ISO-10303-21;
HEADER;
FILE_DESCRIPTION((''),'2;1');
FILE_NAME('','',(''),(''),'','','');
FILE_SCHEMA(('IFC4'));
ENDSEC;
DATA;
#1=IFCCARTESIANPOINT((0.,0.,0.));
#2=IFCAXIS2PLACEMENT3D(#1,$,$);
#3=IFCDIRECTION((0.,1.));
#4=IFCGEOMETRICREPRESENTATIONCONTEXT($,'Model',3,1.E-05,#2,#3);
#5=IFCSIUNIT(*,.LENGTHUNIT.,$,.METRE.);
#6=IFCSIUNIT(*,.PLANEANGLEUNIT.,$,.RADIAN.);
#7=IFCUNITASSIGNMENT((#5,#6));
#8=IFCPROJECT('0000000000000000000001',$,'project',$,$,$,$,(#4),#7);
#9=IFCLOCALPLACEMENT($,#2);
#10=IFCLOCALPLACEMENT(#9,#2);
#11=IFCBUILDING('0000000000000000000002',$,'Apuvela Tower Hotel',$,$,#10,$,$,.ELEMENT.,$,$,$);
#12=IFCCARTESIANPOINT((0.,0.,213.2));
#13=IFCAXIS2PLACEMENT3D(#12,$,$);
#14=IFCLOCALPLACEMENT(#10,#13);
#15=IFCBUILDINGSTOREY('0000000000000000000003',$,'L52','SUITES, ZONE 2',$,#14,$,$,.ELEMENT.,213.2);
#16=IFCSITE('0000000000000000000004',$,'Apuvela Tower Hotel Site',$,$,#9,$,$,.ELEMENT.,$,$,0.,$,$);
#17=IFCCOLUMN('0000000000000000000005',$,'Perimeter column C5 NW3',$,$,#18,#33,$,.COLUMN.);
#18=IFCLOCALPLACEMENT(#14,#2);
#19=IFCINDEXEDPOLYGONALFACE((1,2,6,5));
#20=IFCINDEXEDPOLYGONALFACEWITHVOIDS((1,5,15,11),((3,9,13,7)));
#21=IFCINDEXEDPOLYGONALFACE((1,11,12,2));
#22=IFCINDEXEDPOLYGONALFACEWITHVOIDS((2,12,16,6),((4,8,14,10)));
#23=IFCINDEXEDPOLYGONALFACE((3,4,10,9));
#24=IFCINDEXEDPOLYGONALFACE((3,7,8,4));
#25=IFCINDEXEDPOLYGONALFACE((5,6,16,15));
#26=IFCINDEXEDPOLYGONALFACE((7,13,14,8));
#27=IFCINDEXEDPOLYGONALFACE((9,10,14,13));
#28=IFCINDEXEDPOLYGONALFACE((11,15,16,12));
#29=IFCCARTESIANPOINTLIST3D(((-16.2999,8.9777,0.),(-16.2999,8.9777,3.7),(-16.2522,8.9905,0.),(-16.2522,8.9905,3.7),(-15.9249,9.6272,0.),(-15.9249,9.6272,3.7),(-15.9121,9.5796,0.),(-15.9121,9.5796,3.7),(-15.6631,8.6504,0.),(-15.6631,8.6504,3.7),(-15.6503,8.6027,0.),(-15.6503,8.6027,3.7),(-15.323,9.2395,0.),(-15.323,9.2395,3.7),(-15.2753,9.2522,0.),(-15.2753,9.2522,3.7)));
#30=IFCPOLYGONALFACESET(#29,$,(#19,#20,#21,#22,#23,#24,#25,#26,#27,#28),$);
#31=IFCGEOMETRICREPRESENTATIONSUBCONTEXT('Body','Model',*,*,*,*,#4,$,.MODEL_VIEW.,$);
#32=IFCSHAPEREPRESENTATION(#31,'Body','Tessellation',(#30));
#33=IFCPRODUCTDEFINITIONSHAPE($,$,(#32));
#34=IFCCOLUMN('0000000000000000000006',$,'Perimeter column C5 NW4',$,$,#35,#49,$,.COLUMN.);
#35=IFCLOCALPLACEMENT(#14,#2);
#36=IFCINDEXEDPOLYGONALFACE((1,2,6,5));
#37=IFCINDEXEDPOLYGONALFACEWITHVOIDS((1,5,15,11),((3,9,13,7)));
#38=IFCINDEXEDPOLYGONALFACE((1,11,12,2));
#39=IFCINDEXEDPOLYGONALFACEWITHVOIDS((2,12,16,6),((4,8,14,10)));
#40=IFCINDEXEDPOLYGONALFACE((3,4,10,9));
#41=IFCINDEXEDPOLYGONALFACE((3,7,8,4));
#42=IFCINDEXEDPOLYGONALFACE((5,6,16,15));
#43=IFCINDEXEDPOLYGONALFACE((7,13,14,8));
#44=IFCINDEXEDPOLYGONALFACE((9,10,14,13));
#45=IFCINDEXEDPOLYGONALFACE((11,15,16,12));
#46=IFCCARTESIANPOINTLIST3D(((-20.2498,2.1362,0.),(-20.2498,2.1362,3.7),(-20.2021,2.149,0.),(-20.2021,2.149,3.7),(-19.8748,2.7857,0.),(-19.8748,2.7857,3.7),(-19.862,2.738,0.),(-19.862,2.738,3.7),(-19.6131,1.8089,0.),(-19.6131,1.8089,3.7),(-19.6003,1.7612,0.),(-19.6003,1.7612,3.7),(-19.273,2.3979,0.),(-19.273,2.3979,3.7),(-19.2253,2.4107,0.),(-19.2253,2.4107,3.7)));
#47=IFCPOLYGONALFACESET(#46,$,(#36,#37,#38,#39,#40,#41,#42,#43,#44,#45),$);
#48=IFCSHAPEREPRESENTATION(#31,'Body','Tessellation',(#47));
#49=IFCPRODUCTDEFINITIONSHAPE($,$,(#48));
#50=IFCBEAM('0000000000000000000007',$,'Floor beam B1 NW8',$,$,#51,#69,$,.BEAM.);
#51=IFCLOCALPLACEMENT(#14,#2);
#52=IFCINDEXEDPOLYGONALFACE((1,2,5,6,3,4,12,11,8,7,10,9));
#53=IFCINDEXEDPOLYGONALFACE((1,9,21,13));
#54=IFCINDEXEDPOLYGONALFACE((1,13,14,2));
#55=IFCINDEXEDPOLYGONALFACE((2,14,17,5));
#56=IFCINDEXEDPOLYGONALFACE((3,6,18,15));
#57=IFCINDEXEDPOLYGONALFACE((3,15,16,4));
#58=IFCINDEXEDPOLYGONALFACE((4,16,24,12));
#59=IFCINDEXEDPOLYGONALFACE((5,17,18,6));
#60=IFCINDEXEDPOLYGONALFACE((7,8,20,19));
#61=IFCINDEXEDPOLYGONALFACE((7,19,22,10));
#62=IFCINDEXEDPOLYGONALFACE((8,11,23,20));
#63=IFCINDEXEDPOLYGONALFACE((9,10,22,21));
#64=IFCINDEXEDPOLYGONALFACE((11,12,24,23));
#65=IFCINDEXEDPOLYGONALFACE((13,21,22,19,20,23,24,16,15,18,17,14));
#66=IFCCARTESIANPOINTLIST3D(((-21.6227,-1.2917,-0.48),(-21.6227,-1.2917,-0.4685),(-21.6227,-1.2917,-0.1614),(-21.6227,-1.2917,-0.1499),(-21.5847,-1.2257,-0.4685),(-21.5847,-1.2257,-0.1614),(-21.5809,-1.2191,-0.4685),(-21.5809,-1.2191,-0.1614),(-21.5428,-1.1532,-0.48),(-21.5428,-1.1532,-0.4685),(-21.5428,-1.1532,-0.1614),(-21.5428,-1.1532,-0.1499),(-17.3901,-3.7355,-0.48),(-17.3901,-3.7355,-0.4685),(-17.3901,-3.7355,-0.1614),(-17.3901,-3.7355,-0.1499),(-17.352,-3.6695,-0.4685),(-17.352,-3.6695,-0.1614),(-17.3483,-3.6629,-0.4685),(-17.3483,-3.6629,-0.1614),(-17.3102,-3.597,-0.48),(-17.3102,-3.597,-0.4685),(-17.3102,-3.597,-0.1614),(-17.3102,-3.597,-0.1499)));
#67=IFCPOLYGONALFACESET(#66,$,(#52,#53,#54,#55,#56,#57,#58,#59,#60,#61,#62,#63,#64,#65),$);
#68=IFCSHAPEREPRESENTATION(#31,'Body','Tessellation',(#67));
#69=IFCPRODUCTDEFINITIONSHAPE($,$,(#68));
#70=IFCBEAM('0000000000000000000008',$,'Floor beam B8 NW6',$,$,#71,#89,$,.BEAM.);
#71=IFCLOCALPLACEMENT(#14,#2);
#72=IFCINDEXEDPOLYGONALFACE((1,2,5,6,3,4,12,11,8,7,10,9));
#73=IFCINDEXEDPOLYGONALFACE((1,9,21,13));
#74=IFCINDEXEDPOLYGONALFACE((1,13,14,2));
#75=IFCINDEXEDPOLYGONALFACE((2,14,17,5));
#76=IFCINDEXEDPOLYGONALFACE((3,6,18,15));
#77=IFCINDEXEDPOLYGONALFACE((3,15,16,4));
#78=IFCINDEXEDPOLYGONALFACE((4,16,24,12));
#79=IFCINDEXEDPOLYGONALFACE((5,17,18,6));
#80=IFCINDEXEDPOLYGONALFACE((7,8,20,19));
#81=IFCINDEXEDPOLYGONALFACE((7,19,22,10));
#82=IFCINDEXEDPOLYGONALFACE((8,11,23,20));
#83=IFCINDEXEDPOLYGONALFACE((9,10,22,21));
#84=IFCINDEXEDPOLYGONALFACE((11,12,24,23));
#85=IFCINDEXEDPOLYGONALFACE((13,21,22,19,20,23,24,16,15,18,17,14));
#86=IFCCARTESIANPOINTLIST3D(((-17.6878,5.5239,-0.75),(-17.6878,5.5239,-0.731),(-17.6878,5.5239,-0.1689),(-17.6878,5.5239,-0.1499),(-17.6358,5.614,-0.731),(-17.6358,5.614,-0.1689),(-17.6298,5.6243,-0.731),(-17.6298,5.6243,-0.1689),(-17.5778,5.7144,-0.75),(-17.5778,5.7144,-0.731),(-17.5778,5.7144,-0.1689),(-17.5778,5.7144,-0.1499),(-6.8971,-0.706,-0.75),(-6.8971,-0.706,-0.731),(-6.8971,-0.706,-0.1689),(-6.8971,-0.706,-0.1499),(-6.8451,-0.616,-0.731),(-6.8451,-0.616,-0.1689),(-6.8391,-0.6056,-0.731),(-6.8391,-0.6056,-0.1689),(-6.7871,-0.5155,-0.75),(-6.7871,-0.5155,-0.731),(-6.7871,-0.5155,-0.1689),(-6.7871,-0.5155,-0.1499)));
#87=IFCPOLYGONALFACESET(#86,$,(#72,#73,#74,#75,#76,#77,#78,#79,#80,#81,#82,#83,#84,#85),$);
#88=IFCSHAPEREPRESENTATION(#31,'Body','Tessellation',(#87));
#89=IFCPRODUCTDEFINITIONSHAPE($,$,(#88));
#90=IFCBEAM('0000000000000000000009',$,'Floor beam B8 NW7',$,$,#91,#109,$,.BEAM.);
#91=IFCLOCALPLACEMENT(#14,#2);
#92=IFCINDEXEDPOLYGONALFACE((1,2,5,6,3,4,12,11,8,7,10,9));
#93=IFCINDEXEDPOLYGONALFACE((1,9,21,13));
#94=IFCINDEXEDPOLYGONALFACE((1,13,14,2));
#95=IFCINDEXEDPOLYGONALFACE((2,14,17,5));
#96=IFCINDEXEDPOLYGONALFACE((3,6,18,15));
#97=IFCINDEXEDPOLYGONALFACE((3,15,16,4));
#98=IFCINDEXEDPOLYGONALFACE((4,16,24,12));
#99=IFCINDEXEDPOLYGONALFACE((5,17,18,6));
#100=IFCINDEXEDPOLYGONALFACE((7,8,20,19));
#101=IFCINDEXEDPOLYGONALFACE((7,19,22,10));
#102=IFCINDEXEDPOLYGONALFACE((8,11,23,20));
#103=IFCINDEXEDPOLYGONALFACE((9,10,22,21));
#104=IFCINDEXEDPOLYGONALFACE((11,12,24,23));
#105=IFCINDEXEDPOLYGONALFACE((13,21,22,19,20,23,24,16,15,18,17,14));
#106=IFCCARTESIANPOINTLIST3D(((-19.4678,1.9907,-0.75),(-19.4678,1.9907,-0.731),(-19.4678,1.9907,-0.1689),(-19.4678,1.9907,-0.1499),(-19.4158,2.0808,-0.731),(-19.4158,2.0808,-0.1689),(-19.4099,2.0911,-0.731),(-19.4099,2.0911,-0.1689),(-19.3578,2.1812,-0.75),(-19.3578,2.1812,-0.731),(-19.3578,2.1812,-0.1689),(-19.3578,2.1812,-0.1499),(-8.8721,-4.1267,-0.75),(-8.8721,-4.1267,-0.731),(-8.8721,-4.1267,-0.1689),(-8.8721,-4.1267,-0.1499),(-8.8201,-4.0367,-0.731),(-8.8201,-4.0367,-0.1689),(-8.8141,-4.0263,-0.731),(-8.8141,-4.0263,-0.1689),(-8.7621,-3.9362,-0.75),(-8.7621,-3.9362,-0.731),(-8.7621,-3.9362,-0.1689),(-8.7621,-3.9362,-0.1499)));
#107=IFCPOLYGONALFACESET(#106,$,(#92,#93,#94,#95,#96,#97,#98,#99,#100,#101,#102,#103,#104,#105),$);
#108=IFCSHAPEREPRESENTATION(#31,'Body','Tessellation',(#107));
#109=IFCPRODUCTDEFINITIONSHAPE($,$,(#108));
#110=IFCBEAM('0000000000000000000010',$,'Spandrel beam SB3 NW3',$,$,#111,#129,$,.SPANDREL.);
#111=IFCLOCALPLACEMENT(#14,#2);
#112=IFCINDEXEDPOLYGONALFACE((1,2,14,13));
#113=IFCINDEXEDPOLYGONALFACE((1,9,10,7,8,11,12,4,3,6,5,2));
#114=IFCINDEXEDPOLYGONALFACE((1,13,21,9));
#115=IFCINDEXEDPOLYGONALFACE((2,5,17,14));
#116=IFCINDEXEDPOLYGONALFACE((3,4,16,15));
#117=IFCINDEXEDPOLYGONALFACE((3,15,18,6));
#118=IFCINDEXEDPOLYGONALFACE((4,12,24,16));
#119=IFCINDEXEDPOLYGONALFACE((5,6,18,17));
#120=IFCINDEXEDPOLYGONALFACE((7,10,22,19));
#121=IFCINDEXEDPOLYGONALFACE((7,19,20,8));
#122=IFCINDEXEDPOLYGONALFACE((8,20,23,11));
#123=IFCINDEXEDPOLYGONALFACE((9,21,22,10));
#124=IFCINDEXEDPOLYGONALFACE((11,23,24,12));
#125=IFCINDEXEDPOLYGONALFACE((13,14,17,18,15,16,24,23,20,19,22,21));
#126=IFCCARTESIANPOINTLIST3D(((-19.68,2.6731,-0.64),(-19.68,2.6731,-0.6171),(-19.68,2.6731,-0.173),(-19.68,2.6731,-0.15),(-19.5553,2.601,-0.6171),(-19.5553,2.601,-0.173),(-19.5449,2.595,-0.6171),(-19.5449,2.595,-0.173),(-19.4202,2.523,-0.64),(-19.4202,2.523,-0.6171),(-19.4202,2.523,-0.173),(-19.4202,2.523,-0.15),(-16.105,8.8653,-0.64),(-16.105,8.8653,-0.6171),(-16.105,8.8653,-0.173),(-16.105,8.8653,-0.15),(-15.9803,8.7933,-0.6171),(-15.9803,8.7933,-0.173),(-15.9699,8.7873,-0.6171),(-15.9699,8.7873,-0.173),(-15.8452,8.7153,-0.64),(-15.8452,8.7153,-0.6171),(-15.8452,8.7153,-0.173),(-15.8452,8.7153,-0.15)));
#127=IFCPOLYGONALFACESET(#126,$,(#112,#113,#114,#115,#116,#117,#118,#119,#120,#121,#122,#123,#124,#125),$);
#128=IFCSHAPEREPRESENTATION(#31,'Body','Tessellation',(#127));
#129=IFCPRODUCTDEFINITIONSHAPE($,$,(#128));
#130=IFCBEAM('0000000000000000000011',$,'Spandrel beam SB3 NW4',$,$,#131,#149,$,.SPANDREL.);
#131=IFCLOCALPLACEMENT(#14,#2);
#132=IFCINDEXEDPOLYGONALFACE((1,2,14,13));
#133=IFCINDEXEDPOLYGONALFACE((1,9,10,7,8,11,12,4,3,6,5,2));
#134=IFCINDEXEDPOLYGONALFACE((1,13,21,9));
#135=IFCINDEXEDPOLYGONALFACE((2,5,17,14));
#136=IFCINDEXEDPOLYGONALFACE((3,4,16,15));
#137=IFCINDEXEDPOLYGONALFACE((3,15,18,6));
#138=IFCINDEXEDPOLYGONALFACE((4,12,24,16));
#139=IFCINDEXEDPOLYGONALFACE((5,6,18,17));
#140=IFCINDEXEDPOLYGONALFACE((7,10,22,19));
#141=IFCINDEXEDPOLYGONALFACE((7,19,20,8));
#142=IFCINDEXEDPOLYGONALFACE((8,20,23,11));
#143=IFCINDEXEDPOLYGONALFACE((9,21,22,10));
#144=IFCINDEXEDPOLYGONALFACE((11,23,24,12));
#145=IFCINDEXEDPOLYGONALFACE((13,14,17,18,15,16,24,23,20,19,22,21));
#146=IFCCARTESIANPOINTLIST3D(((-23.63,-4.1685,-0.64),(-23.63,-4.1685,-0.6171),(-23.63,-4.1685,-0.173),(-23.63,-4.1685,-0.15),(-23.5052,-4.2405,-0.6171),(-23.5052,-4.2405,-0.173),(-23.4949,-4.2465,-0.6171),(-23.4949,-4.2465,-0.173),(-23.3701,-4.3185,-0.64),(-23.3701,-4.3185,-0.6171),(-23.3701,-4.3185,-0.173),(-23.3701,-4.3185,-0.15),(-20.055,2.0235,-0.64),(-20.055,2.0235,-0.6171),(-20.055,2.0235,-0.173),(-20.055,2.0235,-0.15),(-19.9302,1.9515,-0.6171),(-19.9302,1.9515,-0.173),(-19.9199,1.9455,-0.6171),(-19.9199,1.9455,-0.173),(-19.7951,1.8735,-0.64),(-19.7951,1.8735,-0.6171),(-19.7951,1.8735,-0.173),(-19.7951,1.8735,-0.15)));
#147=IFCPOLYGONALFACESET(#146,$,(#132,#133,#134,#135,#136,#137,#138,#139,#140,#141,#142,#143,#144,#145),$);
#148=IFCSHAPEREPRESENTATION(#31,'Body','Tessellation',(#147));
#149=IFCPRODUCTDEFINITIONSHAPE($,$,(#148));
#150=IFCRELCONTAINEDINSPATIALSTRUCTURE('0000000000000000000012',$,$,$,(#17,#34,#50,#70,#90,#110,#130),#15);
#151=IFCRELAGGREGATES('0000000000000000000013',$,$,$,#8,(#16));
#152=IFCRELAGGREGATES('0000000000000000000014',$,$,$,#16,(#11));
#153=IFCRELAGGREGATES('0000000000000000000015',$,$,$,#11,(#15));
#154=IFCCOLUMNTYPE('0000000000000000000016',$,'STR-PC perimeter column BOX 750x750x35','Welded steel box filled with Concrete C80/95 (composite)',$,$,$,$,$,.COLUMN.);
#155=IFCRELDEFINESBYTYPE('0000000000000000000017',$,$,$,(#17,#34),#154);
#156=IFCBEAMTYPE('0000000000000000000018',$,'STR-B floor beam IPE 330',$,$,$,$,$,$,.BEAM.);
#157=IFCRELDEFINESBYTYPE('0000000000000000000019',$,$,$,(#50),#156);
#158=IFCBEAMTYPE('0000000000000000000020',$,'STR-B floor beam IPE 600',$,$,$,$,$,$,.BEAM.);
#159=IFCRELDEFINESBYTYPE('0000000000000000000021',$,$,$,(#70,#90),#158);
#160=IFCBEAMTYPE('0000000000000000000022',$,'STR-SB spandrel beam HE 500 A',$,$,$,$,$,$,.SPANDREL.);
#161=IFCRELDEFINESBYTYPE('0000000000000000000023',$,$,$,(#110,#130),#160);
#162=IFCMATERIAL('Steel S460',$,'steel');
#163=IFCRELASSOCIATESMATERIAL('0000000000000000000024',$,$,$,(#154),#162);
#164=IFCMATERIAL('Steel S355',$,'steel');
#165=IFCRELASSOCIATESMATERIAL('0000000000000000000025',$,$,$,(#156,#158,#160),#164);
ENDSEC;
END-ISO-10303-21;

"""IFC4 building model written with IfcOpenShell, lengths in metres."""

from ifc_helpers import new_model, si_unit, direction, frame, origin, origin_2d, place, context, subcontext, project, spatial, rectangle, hollow_rectangle, i_section, extrude, material, material_profile, profile_set, type_object, element, save


model = new_model("IFC4")

# Units and contexts
model_context = context("Model", 3, precision=1e-05, world=origin(), true_north=direction((0.0, 1.0)))
body_context = subcontext(model_context, "Body", "Model", "MODEL_VIEW")
ifc_project = project(units=[si_unit("LENGTHUNIT", "METRE"), si_unit("PLANEANGLEUNIT", "RADIAN")], contexts=[model_context])

# Site, building, storey
site_placement = place(None, origin())
site = spatial("IfcSite", under=ifc_project, at=site_placement, Name="Apuvela Tower Hotel Site", CompositionType="ELEMENT", RefElevation=0.0)
building_placement = place(site_placement, origin())
building = spatial("IfcBuilding", under=site, at=building_placement, Name="Apuvela Tower Hotel", CompositionType="ELEMENT")
storey_placement = place(building_placement, frame((0.0, 0.0, 213.2)))
storey = spatial("IfcBuildingStorey", under=building, at=storey_placement, Name="L52", Description="SUITES, ZONE 2", CompositionType="ELEMENT", Elevation=213.2)

# Columns
ifc_material_1 = material(Name="Steel S460", Category="steel")
ifc_material_profile_1 = material_profile(ifc_material_1, hollow_rectangle(XDim=0.75, YDim=0.75, WallThickness=0.0349, at=origin_2d()), Name="BOX 750x750x35")
ifc_material_2 = material(Name="Concrete C80/95", Category="concrete")
ifc_material_profile_2 = material_profile(ifc_material_2, rectangle(XDim=0.6799, YDim=0.6799, at=origin_2d()), Name="Concrete C80/95 infill")
ifc_profile_set_1 = profile_set([ifc_material_profile_1, ifc_material_profile_2], Name="Steel S460")
column_type = type_object("IfcColumnType", Name="STR-PC perimeter column BOX 750x750x35", Description="Welded steel box filled with Concrete C80/95 (composite)", PredefinedType="COLUMN", material=ifc_profile_set_1)
for number, where, z_axis, x_axis, name in (
    (1, (-15.7876, 9.115, 0.0), (0.0, 0.0, 1.0), (0.5, 0.866025, 0.0), "Perimeter column C5 NW3"),
    (2, (-19.7375, 2.2734, 0.0), (0.0, 0.0, 1.0), (0.5, 0.866025, 0.0), "Perimeter column C5 NW4"),
):
    element("IfcColumn", number, at=place(storey_placement, frame(where, z_axis=z_axis, x_axis=x_axis)), inside=storey, type_object=column_type, Name=name, PredefinedType="COLUMN", context=body_context, shape_type="SweptSolid", body=[
        extrude(hollow_rectangle(XDim=0.75, YDim=0.75, WallThickness=0.0349, at=origin_2d()), origin(), (0.0, 0.0, 1.0), 3.7),
    ])

# Beams
ifc_material_3 = material(Name="Steel S355", Category="steel")
ifc_material_profile_3 = material_profile(ifc_material_3, i_section(OverallWidth=0.1599, OverallDepth=0.3301, WebThickness=0.0076, FlangeThickness=0.0115, at=origin_2d()), Name="IPE 330")
ifc_profile_set_2 = profile_set([ifc_material_profile_3], Name="Steel S355")
beam_type_1 = type_object("IfcBeamType", Name="STR-B floor beam IPE 330", PredefinedType="BEAM", material=ifc_profile_set_2)
beam_1_placement = place(storey_placement, frame((-21.5828, -1.2224, -0.3149), z_axis=(0.866015, -0.500018, 0.0), x_axis=(0.500018, 0.866015, 0.0)))
element("IfcBeam", 3, at=beam_1_placement, inside=storey, type_object=beam_type_1, Name="Floor beam B1 NW8", PredefinedType="BEAM", context=body_context, shape_type="SweptSolid", body=[
    extrude(i_section(OverallWidth=0.1599, OverallDepth=0.3301, WebThickness=0.0076, FlangeThickness=0.0115, at=origin_2d()), origin(), (0.0, 0.0, 1.0), 4.8875),
])
ifc_material_profile_4 = material_profile(ifc_material_3, i_section(OverallWidth=0.22, OverallDepth=0.6001, WebThickness=0.012, FlangeThickness=0.019, at=origin_2d()), Name="IPE 600")
ifc_profile_set_3 = profile_set([ifc_material_profile_4], Name="Steel S355")
beam_type_2 = type_object("IfcBeamType", Name="STR-B floor beam IPE 600", PredefinedType="BEAM", material=ifc_profile_set_3)
beam_2_placement = place(storey_placement, frame((-17.6328, 5.6191, -0.45), z_axis=(0.866028, -0.499996, 0.0), x_axis=(0.499996, 0.866028, 0.0)))
element("IfcBeam", 4, at=beam_2_placement, inside=storey, type_object=beam_type_2, Name="Floor beam B8 NW6", PredefinedType="BEAM", context=body_context, shape_type="SweptSolid", body=[
    extrude(i_section(OverallWidth=0.22, OverallDepth=0.6001, WebThickness=0.012, FlangeThickness=0.019, at=origin_2d()), origin(), (0.0, 0.0, 1.0), 12.46),
])
beam_3_placement = place(storey_placement, frame((-19.4128, 2.0859, -0.45), z_axis=(0.866025, -0.5, 0.0), x_axis=(0.5, 0.866025, 0.0)))
element("IfcBeam", 5, at=beam_3_placement, inside=storey, type_object=beam_type_2, Name="Floor beam B8 NW7", PredefinedType="BEAM", context=body_context, shape_type="SweptSolid", body=[
    extrude(i_section(OverallWidth=0.22, OverallDepth=0.6001, WebThickness=0.012, FlangeThickness=0.019, at=origin_2d()), origin(), (0.0, 0.0, 1.0), 12.2349),
])
ifc_material_profile_5 = material_profile(ifc_material_3, i_section(OverallWidth=0.3, OverallDepth=0.49, WebThickness=0.012, FlangeThickness=0.0229, at=origin_2d()), Name="HE 500 A")
ifc_profile_set_4 = profile_set([ifc_material_profile_5], Name="Steel S355")
beam_type_3 = type_object("IfcBeamType", Name="STR-SB spandrel beam HE 500 A", PredefinedType="SPANDREL", material=ifc_profile_set_4)
beam_4_placement = place(storey_placement, frame((-15.9751, 8.7903, -0.395), z_axis=(-0.499991, -0.86603, 0.0), x_axis=(0.86603, -0.499991, 0.0)))
element("IfcBeam", 6, at=beam_4_placement, inside=storey, type_object=beam_type_3, Name="Spandrel beam SB3 NW3", PredefinedType="SPANDREL", context=body_context, shape_type="SweptSolid", body=[
    extrude(i_section(OverallWidth=0.3, OverallDepth=0.49, WebThickness=0.012, FlangeThickness=0.0229, at=origin_2d()), origin(), (0.0, 0.0, 1.0), 7.1501),
])
beam_5_placement = place(storey_placement, frame((-19.925, 1.9485, -0.395), z_axis=(-0.500006, -0.866022, 0.0), x_axis=(0.866022, -0.500006, 0.0)))
element("IfcBeam", 7, at=beam_5_placement, inside=storey, type_object=beam_type_3, Name="Spandrel beam SB3 NW4", PredefinedType="SPANDREL", context=body_context, shape_type="SweptSolid", body=[
    extrude(i_section(OverallWidth=0.3, OverallDepth=0.49, WebThickness=0.012, FlangeThickness=0.0229, at=origin_2d()), origin(), (0.0, 0.0, 1.0), 7.1499),
])

save(model, "model.ifc")
